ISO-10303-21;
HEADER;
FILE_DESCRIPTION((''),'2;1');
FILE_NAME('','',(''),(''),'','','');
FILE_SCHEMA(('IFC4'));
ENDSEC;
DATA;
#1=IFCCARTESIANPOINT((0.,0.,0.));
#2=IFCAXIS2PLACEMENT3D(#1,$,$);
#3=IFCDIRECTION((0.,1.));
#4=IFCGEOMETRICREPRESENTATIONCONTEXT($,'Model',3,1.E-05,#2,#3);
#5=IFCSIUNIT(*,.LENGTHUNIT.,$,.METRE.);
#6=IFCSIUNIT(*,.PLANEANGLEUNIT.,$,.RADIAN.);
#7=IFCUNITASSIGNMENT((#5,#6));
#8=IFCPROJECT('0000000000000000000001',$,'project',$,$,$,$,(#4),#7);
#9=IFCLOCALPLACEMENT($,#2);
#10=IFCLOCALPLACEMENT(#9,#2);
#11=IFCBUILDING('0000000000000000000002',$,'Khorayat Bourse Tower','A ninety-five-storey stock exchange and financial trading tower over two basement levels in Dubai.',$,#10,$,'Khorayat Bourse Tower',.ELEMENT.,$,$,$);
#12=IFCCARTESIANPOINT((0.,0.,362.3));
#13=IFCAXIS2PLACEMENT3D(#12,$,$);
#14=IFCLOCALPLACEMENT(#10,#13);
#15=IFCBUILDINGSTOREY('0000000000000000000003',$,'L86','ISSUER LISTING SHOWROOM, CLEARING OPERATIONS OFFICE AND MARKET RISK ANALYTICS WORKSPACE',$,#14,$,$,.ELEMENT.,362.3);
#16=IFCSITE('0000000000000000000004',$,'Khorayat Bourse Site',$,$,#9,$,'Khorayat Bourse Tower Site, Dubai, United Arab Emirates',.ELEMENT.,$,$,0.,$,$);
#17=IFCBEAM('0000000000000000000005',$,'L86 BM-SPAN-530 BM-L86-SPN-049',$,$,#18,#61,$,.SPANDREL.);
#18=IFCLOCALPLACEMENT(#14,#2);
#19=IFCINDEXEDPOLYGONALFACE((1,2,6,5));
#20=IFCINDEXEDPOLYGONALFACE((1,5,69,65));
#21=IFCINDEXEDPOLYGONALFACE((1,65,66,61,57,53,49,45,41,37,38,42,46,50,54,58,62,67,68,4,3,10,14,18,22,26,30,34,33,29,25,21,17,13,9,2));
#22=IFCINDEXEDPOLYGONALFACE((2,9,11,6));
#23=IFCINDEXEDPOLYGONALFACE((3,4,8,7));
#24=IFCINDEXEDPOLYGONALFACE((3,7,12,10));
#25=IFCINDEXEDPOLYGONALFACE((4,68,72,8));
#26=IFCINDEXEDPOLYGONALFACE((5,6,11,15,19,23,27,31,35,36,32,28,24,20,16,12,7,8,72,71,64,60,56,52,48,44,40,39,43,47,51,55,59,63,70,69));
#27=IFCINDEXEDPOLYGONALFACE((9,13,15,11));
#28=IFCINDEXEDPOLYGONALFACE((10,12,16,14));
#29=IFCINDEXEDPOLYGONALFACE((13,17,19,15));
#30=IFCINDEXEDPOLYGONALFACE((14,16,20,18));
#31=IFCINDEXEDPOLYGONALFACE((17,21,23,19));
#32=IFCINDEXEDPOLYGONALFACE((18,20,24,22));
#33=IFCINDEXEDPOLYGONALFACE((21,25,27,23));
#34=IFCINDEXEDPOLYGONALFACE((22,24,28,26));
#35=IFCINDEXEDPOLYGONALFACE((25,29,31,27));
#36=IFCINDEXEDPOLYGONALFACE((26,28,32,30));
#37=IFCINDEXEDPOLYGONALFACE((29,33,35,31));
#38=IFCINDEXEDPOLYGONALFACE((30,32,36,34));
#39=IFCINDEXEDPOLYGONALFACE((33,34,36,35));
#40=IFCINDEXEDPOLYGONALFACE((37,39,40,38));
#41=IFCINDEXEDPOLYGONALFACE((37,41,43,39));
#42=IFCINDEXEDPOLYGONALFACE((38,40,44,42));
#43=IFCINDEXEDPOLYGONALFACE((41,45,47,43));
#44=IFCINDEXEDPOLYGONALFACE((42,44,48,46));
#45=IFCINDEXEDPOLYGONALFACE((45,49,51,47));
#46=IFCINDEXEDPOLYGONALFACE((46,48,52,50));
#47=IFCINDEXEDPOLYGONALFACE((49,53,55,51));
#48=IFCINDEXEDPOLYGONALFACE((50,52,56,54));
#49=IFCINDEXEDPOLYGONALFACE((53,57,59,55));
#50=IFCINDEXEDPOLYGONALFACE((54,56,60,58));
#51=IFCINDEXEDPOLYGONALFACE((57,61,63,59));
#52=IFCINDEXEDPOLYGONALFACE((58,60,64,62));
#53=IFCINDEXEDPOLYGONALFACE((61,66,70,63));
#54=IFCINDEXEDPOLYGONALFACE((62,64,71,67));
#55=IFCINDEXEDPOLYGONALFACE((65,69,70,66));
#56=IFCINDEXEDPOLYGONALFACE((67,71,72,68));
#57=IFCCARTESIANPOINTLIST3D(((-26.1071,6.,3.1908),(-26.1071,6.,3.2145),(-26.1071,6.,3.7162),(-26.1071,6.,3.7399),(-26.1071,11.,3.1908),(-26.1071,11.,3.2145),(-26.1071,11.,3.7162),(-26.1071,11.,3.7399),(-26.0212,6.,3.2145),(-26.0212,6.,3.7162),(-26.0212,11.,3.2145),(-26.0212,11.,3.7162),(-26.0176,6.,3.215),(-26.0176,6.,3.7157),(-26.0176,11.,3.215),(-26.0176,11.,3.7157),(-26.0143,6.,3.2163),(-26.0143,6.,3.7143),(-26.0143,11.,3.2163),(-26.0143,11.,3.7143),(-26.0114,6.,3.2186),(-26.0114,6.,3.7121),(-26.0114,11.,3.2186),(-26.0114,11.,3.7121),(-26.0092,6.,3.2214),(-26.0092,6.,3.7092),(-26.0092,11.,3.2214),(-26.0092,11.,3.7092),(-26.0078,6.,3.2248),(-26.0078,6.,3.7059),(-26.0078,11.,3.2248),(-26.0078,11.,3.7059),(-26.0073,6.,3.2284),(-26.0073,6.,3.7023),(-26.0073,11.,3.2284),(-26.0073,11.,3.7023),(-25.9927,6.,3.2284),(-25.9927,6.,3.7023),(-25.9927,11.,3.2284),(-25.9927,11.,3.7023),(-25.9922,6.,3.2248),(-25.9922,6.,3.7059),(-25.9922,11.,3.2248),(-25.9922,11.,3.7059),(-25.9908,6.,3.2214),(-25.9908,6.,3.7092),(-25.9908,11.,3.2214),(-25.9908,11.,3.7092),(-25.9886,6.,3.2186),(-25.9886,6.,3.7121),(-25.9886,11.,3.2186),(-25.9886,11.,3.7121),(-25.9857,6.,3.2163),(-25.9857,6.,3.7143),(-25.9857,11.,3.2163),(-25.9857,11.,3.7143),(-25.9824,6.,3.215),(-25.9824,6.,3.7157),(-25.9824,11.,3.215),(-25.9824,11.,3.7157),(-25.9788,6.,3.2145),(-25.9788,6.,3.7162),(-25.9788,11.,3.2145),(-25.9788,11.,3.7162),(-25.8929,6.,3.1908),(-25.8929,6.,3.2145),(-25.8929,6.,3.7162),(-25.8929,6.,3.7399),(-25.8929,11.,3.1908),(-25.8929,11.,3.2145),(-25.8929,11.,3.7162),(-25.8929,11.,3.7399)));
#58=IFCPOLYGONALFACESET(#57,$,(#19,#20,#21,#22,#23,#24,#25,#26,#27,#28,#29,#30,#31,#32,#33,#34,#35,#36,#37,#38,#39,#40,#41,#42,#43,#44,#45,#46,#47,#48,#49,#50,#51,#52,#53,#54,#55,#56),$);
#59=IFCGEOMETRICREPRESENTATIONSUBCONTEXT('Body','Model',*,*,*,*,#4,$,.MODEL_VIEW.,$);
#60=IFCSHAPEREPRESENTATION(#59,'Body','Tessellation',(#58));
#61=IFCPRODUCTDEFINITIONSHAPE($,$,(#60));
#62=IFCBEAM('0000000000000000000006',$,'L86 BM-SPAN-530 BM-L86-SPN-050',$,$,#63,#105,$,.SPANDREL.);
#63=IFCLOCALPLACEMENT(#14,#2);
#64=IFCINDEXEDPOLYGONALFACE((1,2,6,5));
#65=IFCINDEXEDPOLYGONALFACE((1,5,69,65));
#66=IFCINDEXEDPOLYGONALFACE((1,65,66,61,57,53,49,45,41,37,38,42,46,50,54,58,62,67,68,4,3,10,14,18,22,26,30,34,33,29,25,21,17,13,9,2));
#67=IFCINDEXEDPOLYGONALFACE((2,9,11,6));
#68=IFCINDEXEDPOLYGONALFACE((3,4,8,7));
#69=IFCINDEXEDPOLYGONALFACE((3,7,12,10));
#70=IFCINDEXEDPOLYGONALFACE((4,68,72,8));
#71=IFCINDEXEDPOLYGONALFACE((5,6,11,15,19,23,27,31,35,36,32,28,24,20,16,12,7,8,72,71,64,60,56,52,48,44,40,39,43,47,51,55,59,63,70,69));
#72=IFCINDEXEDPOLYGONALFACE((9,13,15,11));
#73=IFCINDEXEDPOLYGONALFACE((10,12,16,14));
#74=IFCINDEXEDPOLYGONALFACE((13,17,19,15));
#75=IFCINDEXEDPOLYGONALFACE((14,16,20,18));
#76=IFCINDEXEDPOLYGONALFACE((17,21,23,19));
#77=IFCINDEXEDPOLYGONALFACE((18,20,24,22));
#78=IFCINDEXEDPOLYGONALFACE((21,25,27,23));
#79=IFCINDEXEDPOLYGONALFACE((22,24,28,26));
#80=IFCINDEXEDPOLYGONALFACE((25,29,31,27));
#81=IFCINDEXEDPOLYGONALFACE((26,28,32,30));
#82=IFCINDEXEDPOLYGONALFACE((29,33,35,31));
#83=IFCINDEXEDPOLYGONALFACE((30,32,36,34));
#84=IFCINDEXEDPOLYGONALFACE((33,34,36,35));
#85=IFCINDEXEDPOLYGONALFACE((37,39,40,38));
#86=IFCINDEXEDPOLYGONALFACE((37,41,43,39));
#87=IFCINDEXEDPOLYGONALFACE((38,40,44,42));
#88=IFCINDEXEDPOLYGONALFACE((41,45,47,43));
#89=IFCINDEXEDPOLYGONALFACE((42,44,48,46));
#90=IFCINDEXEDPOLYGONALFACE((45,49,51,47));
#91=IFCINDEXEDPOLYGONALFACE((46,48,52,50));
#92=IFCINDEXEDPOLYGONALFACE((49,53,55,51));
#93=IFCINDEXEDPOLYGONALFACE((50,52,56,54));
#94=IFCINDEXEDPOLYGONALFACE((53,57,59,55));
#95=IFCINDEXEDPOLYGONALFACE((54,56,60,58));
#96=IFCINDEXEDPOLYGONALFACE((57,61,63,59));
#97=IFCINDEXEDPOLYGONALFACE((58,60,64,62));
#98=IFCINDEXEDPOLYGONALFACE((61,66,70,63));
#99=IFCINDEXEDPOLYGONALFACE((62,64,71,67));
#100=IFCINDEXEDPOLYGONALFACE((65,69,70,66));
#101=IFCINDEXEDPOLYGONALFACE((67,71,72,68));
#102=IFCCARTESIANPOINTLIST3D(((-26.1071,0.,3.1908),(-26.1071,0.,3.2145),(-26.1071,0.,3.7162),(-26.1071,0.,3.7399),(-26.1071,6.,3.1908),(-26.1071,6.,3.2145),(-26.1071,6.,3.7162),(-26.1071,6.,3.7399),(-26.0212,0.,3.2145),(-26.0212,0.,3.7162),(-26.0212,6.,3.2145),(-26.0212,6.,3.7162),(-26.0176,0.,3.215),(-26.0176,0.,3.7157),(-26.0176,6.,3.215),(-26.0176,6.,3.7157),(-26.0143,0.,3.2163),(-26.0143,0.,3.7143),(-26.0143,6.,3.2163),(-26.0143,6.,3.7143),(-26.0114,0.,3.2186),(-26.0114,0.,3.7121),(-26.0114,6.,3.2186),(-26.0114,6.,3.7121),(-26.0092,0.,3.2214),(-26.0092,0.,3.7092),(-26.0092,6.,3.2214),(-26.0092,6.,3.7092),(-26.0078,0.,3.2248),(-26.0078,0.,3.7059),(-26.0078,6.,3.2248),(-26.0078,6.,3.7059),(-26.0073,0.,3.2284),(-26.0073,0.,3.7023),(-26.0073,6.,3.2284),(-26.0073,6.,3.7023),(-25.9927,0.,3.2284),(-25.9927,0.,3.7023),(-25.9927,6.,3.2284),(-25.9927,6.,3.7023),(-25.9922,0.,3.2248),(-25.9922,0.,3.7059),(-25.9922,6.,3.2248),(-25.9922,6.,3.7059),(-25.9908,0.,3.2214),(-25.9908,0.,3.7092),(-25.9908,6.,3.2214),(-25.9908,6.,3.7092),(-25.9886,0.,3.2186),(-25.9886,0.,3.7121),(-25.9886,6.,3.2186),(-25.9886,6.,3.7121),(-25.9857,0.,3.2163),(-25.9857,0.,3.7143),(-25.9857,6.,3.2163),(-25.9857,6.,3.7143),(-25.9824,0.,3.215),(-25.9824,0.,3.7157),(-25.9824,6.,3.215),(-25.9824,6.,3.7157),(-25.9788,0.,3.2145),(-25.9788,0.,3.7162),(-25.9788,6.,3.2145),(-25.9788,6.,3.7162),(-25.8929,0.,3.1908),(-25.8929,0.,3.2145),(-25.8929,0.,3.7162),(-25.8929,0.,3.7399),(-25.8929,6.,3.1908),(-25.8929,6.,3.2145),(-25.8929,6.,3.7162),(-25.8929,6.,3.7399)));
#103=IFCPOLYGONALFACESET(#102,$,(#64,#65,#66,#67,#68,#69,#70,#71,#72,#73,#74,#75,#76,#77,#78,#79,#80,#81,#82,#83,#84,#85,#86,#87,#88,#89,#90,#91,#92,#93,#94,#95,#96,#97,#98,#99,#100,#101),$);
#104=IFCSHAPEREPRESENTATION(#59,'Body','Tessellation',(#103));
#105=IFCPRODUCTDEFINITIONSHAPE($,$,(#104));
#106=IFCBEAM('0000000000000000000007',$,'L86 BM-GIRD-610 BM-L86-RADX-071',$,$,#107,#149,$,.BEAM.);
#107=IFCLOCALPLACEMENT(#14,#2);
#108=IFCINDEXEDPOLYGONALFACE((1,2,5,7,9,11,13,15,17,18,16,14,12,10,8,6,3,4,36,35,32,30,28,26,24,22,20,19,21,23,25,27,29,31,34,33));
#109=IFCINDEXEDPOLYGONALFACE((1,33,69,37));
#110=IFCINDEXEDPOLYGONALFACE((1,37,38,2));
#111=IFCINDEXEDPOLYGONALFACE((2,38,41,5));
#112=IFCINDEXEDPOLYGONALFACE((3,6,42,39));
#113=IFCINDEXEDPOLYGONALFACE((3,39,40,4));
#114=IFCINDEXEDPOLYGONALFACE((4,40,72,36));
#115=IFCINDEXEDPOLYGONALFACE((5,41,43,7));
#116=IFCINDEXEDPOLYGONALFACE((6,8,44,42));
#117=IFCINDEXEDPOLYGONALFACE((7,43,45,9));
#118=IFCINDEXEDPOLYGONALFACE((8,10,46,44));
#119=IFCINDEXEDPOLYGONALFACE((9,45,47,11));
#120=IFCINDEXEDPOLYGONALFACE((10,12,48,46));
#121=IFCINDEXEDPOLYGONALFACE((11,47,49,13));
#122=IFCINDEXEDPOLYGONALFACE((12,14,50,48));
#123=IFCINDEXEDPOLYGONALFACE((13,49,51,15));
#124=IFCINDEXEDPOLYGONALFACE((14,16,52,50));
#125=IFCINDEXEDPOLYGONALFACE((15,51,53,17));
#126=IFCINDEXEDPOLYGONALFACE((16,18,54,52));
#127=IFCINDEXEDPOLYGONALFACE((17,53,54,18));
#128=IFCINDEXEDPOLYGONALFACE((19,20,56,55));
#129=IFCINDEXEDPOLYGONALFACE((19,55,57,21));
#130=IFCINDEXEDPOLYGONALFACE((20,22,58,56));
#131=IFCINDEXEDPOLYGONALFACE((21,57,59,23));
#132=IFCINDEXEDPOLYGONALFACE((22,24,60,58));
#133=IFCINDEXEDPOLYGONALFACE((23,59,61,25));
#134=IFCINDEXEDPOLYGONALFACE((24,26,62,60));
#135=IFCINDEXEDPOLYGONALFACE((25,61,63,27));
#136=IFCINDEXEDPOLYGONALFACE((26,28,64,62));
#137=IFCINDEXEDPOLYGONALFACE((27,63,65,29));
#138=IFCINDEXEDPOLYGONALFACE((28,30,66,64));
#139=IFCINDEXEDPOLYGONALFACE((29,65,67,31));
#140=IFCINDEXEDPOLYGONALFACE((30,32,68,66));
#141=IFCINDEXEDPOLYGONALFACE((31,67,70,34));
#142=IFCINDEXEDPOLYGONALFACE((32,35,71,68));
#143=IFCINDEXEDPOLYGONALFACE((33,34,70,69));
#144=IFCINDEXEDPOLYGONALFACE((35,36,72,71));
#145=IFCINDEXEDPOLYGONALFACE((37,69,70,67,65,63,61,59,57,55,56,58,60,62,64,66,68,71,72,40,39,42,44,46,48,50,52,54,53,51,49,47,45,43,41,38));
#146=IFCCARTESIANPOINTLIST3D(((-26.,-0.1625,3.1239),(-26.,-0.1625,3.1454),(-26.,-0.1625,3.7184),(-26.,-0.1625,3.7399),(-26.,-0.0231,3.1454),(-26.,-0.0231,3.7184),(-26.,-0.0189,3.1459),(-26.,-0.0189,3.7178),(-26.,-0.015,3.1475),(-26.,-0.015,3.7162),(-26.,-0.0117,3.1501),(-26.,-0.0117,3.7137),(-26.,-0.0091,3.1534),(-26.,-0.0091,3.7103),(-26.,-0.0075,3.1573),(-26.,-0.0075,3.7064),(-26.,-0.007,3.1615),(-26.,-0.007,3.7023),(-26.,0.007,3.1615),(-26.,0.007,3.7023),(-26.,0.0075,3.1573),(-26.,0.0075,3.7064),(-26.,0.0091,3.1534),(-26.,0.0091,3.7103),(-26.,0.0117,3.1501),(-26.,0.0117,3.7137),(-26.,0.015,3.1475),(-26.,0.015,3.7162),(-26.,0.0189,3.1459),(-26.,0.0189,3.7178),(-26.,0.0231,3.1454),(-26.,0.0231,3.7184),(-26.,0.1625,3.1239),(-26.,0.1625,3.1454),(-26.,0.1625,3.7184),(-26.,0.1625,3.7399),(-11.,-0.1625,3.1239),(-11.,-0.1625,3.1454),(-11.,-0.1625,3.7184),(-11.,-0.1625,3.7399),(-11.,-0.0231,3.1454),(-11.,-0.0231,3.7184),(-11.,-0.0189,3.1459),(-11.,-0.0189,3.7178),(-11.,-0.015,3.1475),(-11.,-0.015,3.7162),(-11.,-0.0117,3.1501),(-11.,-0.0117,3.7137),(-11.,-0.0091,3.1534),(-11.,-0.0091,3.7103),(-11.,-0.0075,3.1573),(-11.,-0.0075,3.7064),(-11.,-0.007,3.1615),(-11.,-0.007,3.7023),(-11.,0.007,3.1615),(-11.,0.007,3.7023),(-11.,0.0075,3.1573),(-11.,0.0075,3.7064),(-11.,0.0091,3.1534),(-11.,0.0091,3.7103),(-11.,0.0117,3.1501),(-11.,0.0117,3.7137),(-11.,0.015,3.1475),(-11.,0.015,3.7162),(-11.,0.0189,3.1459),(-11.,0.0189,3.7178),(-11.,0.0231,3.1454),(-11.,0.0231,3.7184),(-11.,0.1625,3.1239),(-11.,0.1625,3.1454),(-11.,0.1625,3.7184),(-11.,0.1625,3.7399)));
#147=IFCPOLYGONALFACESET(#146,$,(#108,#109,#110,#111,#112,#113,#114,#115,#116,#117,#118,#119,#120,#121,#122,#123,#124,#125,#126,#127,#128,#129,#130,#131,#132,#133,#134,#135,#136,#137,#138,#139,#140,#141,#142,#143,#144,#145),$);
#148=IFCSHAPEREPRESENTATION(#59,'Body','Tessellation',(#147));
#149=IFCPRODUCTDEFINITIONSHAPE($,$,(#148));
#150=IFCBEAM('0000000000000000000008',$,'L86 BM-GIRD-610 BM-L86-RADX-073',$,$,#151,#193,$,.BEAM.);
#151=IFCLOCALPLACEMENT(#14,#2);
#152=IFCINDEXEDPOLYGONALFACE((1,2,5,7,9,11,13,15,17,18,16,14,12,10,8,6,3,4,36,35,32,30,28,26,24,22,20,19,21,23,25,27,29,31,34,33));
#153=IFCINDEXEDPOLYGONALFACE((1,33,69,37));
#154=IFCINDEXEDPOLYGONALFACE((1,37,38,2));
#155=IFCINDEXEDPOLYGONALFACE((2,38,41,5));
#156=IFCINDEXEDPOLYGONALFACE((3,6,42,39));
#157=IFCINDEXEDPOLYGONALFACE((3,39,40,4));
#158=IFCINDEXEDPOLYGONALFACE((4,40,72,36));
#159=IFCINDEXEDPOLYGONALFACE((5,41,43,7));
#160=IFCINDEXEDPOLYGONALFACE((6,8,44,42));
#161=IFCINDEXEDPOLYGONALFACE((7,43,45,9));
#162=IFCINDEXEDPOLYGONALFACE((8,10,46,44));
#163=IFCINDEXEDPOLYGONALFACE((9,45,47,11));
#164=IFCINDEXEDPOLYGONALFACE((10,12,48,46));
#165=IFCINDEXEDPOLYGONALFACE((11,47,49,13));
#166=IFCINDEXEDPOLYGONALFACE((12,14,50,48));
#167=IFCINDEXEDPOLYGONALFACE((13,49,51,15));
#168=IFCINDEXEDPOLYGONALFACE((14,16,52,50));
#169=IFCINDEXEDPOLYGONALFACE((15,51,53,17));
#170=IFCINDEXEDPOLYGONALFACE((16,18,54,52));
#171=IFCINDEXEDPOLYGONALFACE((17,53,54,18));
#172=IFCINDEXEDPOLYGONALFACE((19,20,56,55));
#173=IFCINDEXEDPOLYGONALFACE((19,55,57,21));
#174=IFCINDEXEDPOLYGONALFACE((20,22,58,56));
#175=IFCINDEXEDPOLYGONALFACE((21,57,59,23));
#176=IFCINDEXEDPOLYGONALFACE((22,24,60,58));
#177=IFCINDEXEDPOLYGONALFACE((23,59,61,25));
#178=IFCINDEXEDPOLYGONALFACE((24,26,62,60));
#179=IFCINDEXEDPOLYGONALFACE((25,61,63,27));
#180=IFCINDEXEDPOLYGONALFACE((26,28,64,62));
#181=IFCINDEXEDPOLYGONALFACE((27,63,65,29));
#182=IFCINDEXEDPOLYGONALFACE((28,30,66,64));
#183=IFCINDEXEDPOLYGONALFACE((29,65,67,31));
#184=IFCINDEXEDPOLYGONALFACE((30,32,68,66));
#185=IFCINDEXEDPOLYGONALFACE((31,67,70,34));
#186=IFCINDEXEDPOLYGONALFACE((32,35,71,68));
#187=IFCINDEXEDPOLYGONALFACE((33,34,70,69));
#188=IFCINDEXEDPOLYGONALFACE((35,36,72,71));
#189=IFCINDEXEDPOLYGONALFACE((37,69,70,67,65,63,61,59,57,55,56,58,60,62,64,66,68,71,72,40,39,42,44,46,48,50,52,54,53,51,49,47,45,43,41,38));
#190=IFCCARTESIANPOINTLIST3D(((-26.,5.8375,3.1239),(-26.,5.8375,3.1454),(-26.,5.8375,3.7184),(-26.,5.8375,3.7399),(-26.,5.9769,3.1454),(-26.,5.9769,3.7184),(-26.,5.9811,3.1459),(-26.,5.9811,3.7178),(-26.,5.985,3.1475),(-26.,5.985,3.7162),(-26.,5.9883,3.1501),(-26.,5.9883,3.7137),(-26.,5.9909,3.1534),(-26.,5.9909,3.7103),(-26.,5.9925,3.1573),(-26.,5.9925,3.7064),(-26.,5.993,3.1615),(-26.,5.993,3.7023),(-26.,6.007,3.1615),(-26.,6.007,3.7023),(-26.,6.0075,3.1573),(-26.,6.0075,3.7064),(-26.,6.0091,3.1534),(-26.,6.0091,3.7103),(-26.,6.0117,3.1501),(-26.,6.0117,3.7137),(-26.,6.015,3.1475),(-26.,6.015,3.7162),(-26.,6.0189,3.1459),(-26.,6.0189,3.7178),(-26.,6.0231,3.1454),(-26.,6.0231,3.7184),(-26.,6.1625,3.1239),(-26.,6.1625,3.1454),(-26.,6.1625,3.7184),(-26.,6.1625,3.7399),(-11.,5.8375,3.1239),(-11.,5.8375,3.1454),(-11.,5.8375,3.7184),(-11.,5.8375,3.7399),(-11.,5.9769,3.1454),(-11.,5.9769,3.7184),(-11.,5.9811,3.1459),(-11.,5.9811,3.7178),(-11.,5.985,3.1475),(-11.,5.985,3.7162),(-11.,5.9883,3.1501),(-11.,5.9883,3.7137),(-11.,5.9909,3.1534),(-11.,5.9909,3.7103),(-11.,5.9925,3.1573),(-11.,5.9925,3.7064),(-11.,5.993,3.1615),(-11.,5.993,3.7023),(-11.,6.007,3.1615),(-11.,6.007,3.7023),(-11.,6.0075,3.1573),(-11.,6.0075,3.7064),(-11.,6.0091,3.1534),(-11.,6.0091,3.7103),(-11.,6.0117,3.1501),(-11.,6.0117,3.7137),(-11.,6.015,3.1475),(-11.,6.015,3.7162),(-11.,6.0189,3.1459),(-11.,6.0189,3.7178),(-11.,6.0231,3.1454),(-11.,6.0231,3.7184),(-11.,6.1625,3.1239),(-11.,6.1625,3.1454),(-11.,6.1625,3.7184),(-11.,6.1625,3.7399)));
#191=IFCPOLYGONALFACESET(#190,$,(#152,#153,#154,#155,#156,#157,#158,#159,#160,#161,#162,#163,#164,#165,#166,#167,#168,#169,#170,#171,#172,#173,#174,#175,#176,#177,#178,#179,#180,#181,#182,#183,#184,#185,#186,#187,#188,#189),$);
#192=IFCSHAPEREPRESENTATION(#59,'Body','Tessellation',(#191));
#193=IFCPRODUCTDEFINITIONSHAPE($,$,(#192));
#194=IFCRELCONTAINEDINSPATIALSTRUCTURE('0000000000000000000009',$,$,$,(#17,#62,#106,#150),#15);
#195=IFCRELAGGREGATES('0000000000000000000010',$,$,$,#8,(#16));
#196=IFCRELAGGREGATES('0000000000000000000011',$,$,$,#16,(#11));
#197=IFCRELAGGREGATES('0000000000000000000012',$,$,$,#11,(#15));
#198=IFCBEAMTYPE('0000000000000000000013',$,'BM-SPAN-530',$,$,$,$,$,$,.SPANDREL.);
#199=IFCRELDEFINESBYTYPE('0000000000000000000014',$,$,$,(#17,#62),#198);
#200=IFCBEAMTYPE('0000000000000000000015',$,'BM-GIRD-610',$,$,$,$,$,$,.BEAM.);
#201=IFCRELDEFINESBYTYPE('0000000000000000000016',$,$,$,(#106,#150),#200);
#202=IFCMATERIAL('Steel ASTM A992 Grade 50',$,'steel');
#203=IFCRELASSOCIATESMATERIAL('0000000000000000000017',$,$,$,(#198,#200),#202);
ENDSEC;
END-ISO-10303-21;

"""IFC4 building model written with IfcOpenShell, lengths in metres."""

from ifc_helpers import new_model, si_unit, direction, frame, origin, origin_2d, place, context, subcontext, project, spatial, i_section, extrude, source, transform, mapped, material, material_profile, profile_set, type_object, element, save


model = new_model("IFC4")

# Units and contexts
model_context = context("Model", 3, precision=1e-05, world=origin(), true_north=direction((0.0, 1.0)))
body_context = subcontext(model_context, "Body", "Model", "MODEL_VIEW")
ifc_project = project(units=[si_unit("LENGTHUNIT", "METRE"), si_unit("PLANEANGLEUNIT", "RADIAN")], contexts=[model_context])

# Site, building, storey
site_placement = place(None, origin())
site = spatial("IfcSite", under=ifc_project, at=site_placement, Name="Khorayat Bourse Site", LongName="Khorayat Bourse Tower Site, Dubai, United Arab Emirates", CompositionType="ELEMENT", RefElevation=0.0)
building_placement = place(site_placement, origin())
building = spatial("IfcBuilding", under=site, at=building_placement, Name="Khorayat Bourse Tower", Description="A ninety-five-storey stock exchange and financial trading tower over two basement levels in Dubai.", LongName="Khorayat Bourse Tower", CompositionType="ELEMENT")
storey_placement = place(building_placement, frame((0.0, 0.0, 362.3)))
storey = spatial("IfcBuildingStorey", under=building, at=storey_placement, Name="L86", Description="ISSUER LISTING SHOWROOM, CLEARING OPERATIONS OFFICE AND MARKET RISK ANALYTICS WORKSPACE", CompositionType="ELEMENT", Elevation=362.3)

# Beams
ifc_material_1 = material(Name="Steel ASTM A992 Grade 50", Category="steel")
ifc_material_profile_1 = material_profile(ifc_material_1, i_section(OverallWidth=0.2141, OverallDepth=0.5491, WebThickness=0.0146, FlangeThickness=0.0237, FilletRadius=0.0139, at=origin_2d()), Name="W530X138")
ifc_profile_set_1 = profile_set([ifc_material_profile_1], Name="Steel ASTM A992 Grade 50")
beam_type_1 = type_object("IfcBeamType", Name="BM-SPAN-530", PredefinedType="SPANDREL", material=ifc_profile_set_1)
shared_shape_1 = source(origin(), body_context, "Body", "SweptSolid", [
    extrude(i_section(OverallWidth=0.2141, OverallDepth=0.5491, WebThickness=0.0146, FlangeThickness=0.0237, FilletRadius=0.0139, at=origin_2d()), origin(), (0.0, 0.0, 1.0), 5.0),
])
beam_1_placement = place(storey_placement, frame((-26.0, 6.0, 3.4653), z_axis=(0.0, 1.0, 0.0), x_axis=(-1.0, 0.0, 0.0)))
element("IfcBeam", 1, at=beam_1_placement, inside=storey, type_object=beam_type_1, Name="L86 BM-SPAN-530 BM-L86-SPN-049", PredefinedType="SPANDREL", context=body_context, shape_type="MappedRepresentation", body=[
    mapped(shared_shape_1, transform((0.0, 0.0, 0.0), scale=1.0)),
])
shared_shape_2 = source(origin(), body_context, "Body", "SweptSolid", [
    extrude(i_section(OverallWidth=0.2141, OverallDepth=0.5491, WebThickness=0.0146, FlangeThickness=0.0237, FilletRadius=0.0139, at=origin_2d()), origin(), (0.0, 0.0, 1.0), 6.0),
])
beam_2_placement = place(storey_placement, frame((-26.0, 0.0, 3.4653), z_axis=(0.0, 1.0, 0.0), x_axis=(-1.0, 0.0, 0.0)))
element("IfcBeam", 2, at=beam_2_placement, inside=storey, type_object=beam_type_1, Name="L86 BM-SPAN-530 BM-L86-SPN-050", PredefinedType="SPANDREL", context=body_context, shape_type="MappedRepresentation", body=[
    mapped(shared_shape_2, transform((0.0, 0.0, 0.0), scale=1.0)),
])
ifc_material_profile_2 = material_profile(ifc_material_1, i_section(OverallWidth=0.325, OverallDepth=0.616, WebThickness=0.0139, FlangeThickness=0.0215, FilletRadius=0.0161, at=origin_2d()), Name="W610X174")
ifc_profile_set_2 = profile_set([ifc_material_profile_2], Name="Steel ASTM A992 Grade 50")
beam_type_2 = type_object("IfcBeamType", Name="BM-GIRD-610", PredefinedType="BEAM", material=ifc_profile_set_2)
shared_shape_3 = source(origin(), body_context, "Body", "SweptSolid", [
    extrude(i_section(OverallWidth=0.325, OverallDepth=0.616, WebThickness=0.0139, FlangeThickness=0.0215, FilletRadius=0.0161, at=origin_2d()), origin(), (0.0, 0.0, 1.0), 15.0),
])
for number, where, z_axis, x_axis, name in (
    (3, (-26.0, 0.0, 3.4319), (1.0, 0.0, 0.0), (0.0, 1.0, 0.0), "L86 BM-GIRD-610 BM-L86-RADX-071"),
    (4, (-26.0, 6.0, 3.4319), (1.0, 0.0, 0.0), (0.0, 1.0, 0.0), "L86 BM-GIRD-610 BM-L86-RADX-073"),
):
    element("IfcBeam", number, at=place(storey_placement, frame(where, z_axis=z_axis, x_axis=x_axis)), inside=storey, type_object=beam_type_2, Name=name, PredefinedType="BEAM", context=body_context, shape_type="MappedRepresentation", body=[
        mapped(shared_shape_3, transform((0.0, 0.0, 0.0), scale=1.0)),
    ])

save(model, "model.ifc")
